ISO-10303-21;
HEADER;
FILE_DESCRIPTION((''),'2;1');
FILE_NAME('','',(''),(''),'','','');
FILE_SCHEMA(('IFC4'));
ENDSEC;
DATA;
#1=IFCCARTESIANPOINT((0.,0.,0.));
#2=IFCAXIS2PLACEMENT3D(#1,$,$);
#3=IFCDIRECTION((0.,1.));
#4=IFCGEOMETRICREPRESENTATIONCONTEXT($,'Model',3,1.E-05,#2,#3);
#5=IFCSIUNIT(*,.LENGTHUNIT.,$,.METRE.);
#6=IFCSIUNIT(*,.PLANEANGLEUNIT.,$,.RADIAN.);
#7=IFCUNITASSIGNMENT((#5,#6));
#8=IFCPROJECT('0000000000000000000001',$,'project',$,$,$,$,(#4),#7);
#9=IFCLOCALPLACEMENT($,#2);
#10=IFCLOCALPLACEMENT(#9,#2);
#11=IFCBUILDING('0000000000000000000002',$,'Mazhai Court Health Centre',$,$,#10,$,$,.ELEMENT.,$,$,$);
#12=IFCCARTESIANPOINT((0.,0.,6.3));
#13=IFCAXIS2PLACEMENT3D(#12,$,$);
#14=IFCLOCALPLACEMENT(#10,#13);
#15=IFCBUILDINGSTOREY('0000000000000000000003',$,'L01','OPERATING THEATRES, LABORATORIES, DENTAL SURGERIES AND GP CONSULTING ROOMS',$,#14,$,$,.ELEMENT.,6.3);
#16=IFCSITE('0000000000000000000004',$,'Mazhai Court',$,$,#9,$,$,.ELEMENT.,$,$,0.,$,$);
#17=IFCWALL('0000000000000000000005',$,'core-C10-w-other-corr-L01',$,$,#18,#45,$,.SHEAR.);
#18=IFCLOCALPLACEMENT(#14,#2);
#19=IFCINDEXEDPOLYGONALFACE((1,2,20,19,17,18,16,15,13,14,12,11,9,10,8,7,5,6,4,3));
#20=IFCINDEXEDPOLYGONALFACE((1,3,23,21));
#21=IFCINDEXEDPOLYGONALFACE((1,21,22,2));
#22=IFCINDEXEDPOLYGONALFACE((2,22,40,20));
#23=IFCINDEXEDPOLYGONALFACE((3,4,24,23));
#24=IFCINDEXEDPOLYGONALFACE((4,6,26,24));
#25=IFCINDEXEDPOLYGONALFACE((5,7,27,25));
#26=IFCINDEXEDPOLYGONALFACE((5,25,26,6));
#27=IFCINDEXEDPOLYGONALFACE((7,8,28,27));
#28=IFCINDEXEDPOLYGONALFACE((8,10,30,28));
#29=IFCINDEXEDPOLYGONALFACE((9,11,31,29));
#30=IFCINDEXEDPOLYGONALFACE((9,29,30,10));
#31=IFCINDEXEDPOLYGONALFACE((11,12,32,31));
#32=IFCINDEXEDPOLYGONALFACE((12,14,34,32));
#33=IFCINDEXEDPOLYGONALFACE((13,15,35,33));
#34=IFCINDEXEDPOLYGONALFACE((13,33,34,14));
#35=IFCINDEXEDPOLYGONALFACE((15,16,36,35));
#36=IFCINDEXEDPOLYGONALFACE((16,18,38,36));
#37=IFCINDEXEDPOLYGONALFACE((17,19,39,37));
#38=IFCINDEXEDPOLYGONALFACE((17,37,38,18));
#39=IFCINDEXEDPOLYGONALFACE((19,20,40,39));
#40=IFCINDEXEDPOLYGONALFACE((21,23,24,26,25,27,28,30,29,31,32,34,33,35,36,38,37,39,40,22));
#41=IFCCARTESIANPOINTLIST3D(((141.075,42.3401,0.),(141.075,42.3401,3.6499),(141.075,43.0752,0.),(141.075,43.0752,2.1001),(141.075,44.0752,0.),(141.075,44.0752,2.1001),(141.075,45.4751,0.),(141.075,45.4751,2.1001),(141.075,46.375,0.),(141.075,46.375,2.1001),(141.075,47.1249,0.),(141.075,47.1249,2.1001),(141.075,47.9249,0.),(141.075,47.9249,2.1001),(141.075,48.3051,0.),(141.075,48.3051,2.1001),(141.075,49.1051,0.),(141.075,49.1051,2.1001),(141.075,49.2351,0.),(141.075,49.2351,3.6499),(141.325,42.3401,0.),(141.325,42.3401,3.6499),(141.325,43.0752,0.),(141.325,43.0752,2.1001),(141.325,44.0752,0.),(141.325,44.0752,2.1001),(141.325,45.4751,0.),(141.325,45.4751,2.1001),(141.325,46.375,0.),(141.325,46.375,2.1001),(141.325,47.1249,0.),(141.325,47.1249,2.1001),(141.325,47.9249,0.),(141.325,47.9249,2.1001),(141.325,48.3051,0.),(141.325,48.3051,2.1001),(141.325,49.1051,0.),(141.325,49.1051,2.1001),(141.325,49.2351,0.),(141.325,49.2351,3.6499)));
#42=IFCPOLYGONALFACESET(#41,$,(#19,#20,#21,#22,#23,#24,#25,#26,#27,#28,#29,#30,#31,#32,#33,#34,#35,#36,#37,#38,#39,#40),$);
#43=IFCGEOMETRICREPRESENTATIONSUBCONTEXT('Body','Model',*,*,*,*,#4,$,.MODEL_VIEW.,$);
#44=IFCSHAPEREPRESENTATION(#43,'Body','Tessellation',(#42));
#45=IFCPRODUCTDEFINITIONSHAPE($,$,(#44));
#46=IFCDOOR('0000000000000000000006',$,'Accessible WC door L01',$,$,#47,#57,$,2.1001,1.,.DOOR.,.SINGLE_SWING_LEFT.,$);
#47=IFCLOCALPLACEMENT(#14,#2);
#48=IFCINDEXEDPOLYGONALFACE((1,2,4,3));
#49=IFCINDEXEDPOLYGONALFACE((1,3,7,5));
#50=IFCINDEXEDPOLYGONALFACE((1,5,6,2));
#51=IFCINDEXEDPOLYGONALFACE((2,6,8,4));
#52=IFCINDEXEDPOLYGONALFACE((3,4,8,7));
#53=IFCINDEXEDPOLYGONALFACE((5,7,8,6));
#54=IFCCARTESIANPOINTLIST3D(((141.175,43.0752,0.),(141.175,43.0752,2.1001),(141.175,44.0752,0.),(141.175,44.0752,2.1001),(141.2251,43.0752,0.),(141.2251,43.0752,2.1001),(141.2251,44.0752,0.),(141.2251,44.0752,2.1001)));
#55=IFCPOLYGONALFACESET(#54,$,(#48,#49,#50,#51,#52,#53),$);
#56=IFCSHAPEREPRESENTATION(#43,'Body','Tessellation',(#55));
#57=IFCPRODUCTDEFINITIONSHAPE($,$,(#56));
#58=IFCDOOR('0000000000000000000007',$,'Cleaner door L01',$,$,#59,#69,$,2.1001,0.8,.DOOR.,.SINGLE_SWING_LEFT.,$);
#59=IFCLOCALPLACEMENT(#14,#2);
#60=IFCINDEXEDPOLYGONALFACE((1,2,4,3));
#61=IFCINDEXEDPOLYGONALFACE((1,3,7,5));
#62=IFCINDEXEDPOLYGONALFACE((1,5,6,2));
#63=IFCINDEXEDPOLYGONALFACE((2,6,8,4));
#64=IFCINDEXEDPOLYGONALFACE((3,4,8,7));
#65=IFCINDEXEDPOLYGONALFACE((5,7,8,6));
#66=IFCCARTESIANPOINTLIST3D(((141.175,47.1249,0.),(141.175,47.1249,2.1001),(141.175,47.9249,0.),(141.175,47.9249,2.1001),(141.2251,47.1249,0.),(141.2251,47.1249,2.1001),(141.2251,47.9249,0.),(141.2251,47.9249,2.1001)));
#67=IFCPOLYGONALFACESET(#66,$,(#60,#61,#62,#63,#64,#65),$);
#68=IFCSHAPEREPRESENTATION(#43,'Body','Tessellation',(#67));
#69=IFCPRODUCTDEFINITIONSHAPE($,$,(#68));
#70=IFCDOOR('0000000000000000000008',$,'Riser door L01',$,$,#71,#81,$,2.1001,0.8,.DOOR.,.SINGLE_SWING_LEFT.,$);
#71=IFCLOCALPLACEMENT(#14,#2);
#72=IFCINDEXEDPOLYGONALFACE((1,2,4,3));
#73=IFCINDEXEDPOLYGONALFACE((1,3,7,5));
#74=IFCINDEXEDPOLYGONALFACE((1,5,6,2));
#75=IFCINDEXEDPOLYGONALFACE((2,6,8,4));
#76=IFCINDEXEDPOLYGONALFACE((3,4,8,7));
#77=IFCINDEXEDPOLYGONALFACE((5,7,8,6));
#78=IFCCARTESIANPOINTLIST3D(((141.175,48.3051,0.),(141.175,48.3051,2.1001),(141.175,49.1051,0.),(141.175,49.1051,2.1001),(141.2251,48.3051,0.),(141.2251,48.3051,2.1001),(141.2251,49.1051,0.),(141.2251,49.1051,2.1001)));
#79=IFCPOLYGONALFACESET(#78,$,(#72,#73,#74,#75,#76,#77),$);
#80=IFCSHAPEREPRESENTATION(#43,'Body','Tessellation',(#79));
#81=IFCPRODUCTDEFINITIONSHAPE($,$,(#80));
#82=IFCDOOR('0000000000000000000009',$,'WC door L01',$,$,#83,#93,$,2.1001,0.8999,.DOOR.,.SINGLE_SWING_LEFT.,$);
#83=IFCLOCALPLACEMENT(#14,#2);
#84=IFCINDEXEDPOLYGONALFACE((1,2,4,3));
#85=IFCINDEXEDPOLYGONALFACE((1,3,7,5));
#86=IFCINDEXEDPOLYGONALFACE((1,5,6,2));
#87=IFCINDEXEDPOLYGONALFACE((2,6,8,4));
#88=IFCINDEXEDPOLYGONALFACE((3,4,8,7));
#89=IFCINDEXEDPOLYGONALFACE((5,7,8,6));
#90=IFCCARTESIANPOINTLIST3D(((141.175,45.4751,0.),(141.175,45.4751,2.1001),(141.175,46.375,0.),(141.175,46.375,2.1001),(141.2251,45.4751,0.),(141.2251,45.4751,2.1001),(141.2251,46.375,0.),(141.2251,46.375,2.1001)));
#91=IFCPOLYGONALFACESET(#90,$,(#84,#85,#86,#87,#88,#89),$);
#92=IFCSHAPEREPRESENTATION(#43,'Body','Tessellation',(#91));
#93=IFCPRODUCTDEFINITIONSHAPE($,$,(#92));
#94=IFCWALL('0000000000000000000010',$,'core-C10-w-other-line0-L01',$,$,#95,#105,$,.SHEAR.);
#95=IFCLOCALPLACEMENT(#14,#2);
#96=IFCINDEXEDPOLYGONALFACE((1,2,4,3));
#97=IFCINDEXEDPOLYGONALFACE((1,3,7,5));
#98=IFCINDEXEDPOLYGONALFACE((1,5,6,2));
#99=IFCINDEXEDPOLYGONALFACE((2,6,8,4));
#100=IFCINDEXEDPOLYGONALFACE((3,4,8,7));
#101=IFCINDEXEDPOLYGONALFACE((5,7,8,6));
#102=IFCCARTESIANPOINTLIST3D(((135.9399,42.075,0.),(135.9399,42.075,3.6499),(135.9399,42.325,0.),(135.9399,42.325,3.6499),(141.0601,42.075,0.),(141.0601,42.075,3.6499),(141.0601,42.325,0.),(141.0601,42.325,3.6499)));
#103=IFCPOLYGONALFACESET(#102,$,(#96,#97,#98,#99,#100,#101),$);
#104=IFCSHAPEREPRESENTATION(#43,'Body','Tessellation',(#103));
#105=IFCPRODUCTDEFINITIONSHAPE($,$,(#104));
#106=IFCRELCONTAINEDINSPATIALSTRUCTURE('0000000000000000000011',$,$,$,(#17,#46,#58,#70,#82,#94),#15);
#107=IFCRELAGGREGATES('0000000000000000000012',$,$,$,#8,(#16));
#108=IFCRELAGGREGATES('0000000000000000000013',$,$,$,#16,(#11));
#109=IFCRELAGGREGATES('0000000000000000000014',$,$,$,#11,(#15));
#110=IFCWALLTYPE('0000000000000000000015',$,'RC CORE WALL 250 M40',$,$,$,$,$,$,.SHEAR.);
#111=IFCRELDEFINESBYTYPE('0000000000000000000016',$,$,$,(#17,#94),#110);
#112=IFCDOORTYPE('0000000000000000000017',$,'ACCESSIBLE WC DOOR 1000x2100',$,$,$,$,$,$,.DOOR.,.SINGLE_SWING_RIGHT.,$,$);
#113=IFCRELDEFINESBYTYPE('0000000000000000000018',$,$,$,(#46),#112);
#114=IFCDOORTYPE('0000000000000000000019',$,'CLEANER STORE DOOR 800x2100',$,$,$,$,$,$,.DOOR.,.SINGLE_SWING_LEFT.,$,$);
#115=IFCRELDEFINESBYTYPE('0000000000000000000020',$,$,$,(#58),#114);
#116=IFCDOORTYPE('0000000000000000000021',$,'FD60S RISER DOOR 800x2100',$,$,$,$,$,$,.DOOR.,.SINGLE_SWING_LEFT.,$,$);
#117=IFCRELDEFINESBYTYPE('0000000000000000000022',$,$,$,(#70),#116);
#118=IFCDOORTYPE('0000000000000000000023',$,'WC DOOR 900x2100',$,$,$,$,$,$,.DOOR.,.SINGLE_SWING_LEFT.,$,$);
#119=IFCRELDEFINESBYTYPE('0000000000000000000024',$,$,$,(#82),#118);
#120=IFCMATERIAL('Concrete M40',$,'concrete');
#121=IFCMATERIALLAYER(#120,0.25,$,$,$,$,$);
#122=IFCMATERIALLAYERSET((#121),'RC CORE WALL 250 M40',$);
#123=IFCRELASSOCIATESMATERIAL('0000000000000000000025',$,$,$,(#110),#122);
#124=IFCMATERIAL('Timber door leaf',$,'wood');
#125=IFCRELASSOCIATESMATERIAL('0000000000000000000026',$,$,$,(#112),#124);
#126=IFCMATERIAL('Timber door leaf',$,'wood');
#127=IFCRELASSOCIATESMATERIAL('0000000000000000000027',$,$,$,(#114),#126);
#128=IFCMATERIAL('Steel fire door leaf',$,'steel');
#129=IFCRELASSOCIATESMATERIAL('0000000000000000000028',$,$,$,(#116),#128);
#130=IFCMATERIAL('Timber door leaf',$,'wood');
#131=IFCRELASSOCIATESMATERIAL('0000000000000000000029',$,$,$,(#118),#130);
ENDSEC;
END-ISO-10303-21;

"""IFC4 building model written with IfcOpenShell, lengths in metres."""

from ifc_helpers import new_model, si_unit, direction, frame, frame_2d, origin, place, context, subcontext, project, spatial, rectangle, extrude, material, layer, layer_set, type_object, element, fill, save


model = new_model("IFC4")

# Units and contexts
model_context = context("Model", 3, precision=1e-05, world=origin(), true_north=direction((0.0, 1.0)))
body_context = subcontext(model_context, "Body", "Model", "MODEL_VIEW")
ifc_project = project(units=[si_unit("LENGTHUNIT", "METRE"), si_unit("PLANEANGLEUNIT", "RADIAN")], contexts=[model_context])

# Site, building, storey
site_placement = place(None, origin())
site = spatial("IfcSite", under=ifc_project, at=site_placement, Name="Mazhai Court", CompositionType="ELEMENT", RefElevation=0.0)
building_placement = place(site_placement, origin())
building = spatial("IfcBuilding", under=site, at=building_placement, Name="Mazhai Court Health Centre", CompositionType="ELEMENT")
storey_placement = place(building_placement, frame((0.0, 0.0, 6.3)))
storey = spatial("IfcBuildingStorey", under=building, at=storey_placement, Name="L01", Description="OPERATING THEATRES, LABORATORIES, DENTAL SURGERIES AND GP CONSULTING ROOMS", CompositionType="ELEMENT", Elevation=6.3)

# Shared definitions
ifc_material_1 = material(Name="Concrete M40", Category="concrete")
ifc_layer_1 = layer(ifc_material_1, 0.25)
ifc_layer_set_1 = layer_set([ifc_layer_1], Name="RC CORE WALL 250 M40")
wall_type_1 = type_object("IfcWallType", Name="RC CORE WALL 250 M40", PredefinedType="SHEAR", material=ifc_layer_set_1)

# Wall, openings, doors
wall_1_placement = place(storey_placement, frame((141.2, 42.3401, 0.0), z_axis=(0.0, 0.0, 1.0), x_axis=(0.0, 1.0, 0.0)))
wall_1 = element("IfcWall", 1, at=wall_1_placement, inside=storey, type_object=wall_type_1, Name="core-C10-w-other-corr-L01", PredefinedType="SHEAR", context=body_context, shape_type="SweptSolid", body=[
    extrude(rectangle(XDim=6.895, YDim=0.25, at=frame_2d((3.4475, 0.0))), origin(), (0.0, 0.0, 1.0), 3.6499),
])
opening_1_placement = place(wall_1_placement, frame((0.7351, 0.0, 0.0)))
opening_1 = element("IfcOpeningElement", 2, at=opening_1_placement, cuts=wall_1, PredefinedType="OPENING", context=body_context, shape_type="SweptSolid", body=[
    extrude(rectangle(XDim=1.0, YDim=2.1001, at=frame_2d((0.5, 1.05))), frame((0.0, 0.135, 0.0), z_axis=(0.0, -1.0, 0.0), x_axis=(1.0, 0.0, 0.0)), (0.0, 0.0, 1.0), 0.27),
])
opening_2_placement = place(wall_1_placement, frame((3.135, 0.0, 0.0)))
opening_2 = element("IfcOpeningElement", 3, at=opening_2_placement, cuts=wall_1, PredefinedType="OPENING", context=body_context, shape_type="SweptSolid", body=[
    extrude(rectangle(XDim=0.8999, YDim=2.1001, at=frame_2d((0.45, 1.05))), frame((0.0, 0.135, 0.0), z_axis=(0.0, -1.0, 0.0), x_axis=(1.0, 0.0, 0.0)), (0.0, 0.0, 1.0), 0.27),
])
opening_3_placement = place(wall_1_placement, frame((4.7849, 0.0, 0.0)))
opening_3 = element("IfcOpeningElement", 4, at=opening_3_placement, cuts=wall_1, PredefinedType="OPENING", context=body_context, shape_type="SweptSolid", body=[
    extrude(rectangle(XDim=0.8, YDim=2.1001, at=frame_2d((0.3999, 1.05))), frame((0.0, 0.135, 0.0), z_axis=(0.0, -1.0, 0.0), x_axis=(1.0, 0.0, 0.0)), (0.0, 0.0, 1.0), 0.27),
])
opening_4_placement = place(wall_1_placement, frame((5.9651, 0.0, 0.0)))
opening_4 = element("IfcOpeningElement", 5, at=opening_4_placement, cuts=wall_1, PredefinedType="OPENING", context=body_context, shape_type="SweptSolid", body=[
    extrude(rectangle(XDim=0.8, YDim=2.1001, at=frame_2d((0.3999, 1.05))), frame((0.0, 0.135, 0.0), z_axis=(0.0, -1.0, 0.0), x_axis=(1.0, 0.0, 0.0)), (0.0, 0.0, 1.0), 0.27),
])
ifc_material_2 = material(Name="Timber door leaf", Category="wood")
door_type_1 = type_object("IfcDoorType", Name="ACCESSIBLE WC DOOR 1000x2100", OperationType="SINGLE_SWING_RIGHT", PredefinedType="DOOR", material=ifc_material_2)
door_1_placement = place(opening_1_placement, origin())
door_1 = element("IfcDoor", 6, at=door_1_placement, inside=storey, type_object=door_type_1, Name="Accessible WC door L01", OperationType="SINGLE_SWING_LEFT", OverallHeight=2.1001, OverallWidth=1.0, PredefinedType="DOOR", context=body_context, shape_type="SweptSolid", body=[
    extrude(rectangle(XDim=1.0, YDim=2.1001, at=frame_2d((0.5, 1.05))), frame((0.0, 0.0249, 0.0), z_axis=(0.0, -1.0, 0.0), x_axis=(1.0, 0.0, 0.0)), (0.0, 0.0, 1.0), 0.05),
])
fill(opening_1, door_1)
ifc_material_3 = material(Name="Timber door leaf", Category="wood")
door_type_2 = type_object("IfcDoorType", Name="CLEANER STORE DOOR 800x2100", OperationType="SINGLE_SWING_LEFT", PredefinedType="DOOR", material=ifc_material_3)
door_2_placement = place(opening_3_placement, origin())
door_2 = element("IfcDoor", 7, at=door_2_placement, inside=storey, type_object=door_type_2, Name="Cleaner door L01", OperationType="SINGLE_SWING_LEFT", OverallHeight=2.1001, OverallWidth=0.8, PredefinedType="DOOR", context=body_context, shape_type="SweptSolid", body=[
    extrude(rectangle(XDim=0.8, YDim=2.1001, at=frame_2d((0.3999, 1.05))), frame((0.0, 0.0249, 0.0), z_axis=(0.0, -1.0, 0.0), x_axis=(1.0, 0.0, 0.0)), (0.0, 0.0, 1.0), 0.05),
])
fill(opening_3, door_2)
ifc_material_4 = material(Name="Steel fire door leaf", Category="steel")
door_type_3 = type_object("IfcDoorType", Name="FD60S RISER DOOR 800x2100", OperationType="SINGLE_SWING_LEFT", PredefinedType="DOOR", material=ifc_material_4)
door_3_placement = place(opening_4_placement, origin())
door_3 = element("IfcDoor", 8, at=door_3_placement, inside=storey, type_object=door_type_3, Name="Riser door L01", OperationType="SINGLE_SWING_LEFT", OverallHeight=2.1001, OverallWidth=0.8, PredefinedType="DOOR", context=body_context, shape_type="SweptSolid", body=[
    extrude(rectangle(XDim=0.8, YDim=2.1001, at=frame_2d((0.3999, 1.05))), frame((0.0, 0.0249, 0.0), z_axis=(0.0, -1.0, 0.0), x_axis=(1.0, 0.0, 0.0)), (0.0, 0.0, 1.0), 0.05),
])
fill(opening_4, door_3)
ifc_material_5 = material(Name="Timber door leaf", Category="wood")
door_type_4 = type_object("IfcDoorType", Name="WC DOOR 900x2100", OperationType="SINGLE_SWING_LEFT", PredefinedType="DOOR", material=ifc_material_5)
door_4_placement = place(opening_2_placement, origin())
door_4 = element("IfcDoor", 9, at=door_4_placement, inside=storey, type_object=door_type_4, Name="WC door L01", OperationType="SINGLE_SWING_LEFT", OverallHeight=2.1001, OverallWidth=0.8999, PredefinedType="DOOR", context=body_context, shape_type="SweptSolid", body=[
    extrude(rectangle(XDim=0.8999, YDim=2.1001, at=frame_2d((0.45, 1.05))), frame((0.0, 0.0249, 0.0), z_axis=(0.0, -1.0, 0.0), x_axis=(1.0, 0.0, 0.0)), (0.0, 0.0, 1.0), 0.05),
])
fill(opening_2, door_4)

# Wall
wall_2_placement = place(storey_placement, frame((135.9399, 42.2, 0.0), z_axis=(0.0, 0.0, 1.0), x_axis=(1.0, 0.0, 0.0)))
element("IfcWall", 10, at=wall_2_placement, inside=storey, type_object=wall_type_1, Name="core-C10-w-other-line0-L01", PredefinedType="SHEAR", context=body_context, shape_type="SweptSolid", body=[
    extrude(rectangle(XDim=5.1201, YDim=0.25, at=frame_2d((2.5601, 0.0))), origin(), (0.0, 0.0, 1.0), 3.6499),
])

save(model, "model.ifc")
